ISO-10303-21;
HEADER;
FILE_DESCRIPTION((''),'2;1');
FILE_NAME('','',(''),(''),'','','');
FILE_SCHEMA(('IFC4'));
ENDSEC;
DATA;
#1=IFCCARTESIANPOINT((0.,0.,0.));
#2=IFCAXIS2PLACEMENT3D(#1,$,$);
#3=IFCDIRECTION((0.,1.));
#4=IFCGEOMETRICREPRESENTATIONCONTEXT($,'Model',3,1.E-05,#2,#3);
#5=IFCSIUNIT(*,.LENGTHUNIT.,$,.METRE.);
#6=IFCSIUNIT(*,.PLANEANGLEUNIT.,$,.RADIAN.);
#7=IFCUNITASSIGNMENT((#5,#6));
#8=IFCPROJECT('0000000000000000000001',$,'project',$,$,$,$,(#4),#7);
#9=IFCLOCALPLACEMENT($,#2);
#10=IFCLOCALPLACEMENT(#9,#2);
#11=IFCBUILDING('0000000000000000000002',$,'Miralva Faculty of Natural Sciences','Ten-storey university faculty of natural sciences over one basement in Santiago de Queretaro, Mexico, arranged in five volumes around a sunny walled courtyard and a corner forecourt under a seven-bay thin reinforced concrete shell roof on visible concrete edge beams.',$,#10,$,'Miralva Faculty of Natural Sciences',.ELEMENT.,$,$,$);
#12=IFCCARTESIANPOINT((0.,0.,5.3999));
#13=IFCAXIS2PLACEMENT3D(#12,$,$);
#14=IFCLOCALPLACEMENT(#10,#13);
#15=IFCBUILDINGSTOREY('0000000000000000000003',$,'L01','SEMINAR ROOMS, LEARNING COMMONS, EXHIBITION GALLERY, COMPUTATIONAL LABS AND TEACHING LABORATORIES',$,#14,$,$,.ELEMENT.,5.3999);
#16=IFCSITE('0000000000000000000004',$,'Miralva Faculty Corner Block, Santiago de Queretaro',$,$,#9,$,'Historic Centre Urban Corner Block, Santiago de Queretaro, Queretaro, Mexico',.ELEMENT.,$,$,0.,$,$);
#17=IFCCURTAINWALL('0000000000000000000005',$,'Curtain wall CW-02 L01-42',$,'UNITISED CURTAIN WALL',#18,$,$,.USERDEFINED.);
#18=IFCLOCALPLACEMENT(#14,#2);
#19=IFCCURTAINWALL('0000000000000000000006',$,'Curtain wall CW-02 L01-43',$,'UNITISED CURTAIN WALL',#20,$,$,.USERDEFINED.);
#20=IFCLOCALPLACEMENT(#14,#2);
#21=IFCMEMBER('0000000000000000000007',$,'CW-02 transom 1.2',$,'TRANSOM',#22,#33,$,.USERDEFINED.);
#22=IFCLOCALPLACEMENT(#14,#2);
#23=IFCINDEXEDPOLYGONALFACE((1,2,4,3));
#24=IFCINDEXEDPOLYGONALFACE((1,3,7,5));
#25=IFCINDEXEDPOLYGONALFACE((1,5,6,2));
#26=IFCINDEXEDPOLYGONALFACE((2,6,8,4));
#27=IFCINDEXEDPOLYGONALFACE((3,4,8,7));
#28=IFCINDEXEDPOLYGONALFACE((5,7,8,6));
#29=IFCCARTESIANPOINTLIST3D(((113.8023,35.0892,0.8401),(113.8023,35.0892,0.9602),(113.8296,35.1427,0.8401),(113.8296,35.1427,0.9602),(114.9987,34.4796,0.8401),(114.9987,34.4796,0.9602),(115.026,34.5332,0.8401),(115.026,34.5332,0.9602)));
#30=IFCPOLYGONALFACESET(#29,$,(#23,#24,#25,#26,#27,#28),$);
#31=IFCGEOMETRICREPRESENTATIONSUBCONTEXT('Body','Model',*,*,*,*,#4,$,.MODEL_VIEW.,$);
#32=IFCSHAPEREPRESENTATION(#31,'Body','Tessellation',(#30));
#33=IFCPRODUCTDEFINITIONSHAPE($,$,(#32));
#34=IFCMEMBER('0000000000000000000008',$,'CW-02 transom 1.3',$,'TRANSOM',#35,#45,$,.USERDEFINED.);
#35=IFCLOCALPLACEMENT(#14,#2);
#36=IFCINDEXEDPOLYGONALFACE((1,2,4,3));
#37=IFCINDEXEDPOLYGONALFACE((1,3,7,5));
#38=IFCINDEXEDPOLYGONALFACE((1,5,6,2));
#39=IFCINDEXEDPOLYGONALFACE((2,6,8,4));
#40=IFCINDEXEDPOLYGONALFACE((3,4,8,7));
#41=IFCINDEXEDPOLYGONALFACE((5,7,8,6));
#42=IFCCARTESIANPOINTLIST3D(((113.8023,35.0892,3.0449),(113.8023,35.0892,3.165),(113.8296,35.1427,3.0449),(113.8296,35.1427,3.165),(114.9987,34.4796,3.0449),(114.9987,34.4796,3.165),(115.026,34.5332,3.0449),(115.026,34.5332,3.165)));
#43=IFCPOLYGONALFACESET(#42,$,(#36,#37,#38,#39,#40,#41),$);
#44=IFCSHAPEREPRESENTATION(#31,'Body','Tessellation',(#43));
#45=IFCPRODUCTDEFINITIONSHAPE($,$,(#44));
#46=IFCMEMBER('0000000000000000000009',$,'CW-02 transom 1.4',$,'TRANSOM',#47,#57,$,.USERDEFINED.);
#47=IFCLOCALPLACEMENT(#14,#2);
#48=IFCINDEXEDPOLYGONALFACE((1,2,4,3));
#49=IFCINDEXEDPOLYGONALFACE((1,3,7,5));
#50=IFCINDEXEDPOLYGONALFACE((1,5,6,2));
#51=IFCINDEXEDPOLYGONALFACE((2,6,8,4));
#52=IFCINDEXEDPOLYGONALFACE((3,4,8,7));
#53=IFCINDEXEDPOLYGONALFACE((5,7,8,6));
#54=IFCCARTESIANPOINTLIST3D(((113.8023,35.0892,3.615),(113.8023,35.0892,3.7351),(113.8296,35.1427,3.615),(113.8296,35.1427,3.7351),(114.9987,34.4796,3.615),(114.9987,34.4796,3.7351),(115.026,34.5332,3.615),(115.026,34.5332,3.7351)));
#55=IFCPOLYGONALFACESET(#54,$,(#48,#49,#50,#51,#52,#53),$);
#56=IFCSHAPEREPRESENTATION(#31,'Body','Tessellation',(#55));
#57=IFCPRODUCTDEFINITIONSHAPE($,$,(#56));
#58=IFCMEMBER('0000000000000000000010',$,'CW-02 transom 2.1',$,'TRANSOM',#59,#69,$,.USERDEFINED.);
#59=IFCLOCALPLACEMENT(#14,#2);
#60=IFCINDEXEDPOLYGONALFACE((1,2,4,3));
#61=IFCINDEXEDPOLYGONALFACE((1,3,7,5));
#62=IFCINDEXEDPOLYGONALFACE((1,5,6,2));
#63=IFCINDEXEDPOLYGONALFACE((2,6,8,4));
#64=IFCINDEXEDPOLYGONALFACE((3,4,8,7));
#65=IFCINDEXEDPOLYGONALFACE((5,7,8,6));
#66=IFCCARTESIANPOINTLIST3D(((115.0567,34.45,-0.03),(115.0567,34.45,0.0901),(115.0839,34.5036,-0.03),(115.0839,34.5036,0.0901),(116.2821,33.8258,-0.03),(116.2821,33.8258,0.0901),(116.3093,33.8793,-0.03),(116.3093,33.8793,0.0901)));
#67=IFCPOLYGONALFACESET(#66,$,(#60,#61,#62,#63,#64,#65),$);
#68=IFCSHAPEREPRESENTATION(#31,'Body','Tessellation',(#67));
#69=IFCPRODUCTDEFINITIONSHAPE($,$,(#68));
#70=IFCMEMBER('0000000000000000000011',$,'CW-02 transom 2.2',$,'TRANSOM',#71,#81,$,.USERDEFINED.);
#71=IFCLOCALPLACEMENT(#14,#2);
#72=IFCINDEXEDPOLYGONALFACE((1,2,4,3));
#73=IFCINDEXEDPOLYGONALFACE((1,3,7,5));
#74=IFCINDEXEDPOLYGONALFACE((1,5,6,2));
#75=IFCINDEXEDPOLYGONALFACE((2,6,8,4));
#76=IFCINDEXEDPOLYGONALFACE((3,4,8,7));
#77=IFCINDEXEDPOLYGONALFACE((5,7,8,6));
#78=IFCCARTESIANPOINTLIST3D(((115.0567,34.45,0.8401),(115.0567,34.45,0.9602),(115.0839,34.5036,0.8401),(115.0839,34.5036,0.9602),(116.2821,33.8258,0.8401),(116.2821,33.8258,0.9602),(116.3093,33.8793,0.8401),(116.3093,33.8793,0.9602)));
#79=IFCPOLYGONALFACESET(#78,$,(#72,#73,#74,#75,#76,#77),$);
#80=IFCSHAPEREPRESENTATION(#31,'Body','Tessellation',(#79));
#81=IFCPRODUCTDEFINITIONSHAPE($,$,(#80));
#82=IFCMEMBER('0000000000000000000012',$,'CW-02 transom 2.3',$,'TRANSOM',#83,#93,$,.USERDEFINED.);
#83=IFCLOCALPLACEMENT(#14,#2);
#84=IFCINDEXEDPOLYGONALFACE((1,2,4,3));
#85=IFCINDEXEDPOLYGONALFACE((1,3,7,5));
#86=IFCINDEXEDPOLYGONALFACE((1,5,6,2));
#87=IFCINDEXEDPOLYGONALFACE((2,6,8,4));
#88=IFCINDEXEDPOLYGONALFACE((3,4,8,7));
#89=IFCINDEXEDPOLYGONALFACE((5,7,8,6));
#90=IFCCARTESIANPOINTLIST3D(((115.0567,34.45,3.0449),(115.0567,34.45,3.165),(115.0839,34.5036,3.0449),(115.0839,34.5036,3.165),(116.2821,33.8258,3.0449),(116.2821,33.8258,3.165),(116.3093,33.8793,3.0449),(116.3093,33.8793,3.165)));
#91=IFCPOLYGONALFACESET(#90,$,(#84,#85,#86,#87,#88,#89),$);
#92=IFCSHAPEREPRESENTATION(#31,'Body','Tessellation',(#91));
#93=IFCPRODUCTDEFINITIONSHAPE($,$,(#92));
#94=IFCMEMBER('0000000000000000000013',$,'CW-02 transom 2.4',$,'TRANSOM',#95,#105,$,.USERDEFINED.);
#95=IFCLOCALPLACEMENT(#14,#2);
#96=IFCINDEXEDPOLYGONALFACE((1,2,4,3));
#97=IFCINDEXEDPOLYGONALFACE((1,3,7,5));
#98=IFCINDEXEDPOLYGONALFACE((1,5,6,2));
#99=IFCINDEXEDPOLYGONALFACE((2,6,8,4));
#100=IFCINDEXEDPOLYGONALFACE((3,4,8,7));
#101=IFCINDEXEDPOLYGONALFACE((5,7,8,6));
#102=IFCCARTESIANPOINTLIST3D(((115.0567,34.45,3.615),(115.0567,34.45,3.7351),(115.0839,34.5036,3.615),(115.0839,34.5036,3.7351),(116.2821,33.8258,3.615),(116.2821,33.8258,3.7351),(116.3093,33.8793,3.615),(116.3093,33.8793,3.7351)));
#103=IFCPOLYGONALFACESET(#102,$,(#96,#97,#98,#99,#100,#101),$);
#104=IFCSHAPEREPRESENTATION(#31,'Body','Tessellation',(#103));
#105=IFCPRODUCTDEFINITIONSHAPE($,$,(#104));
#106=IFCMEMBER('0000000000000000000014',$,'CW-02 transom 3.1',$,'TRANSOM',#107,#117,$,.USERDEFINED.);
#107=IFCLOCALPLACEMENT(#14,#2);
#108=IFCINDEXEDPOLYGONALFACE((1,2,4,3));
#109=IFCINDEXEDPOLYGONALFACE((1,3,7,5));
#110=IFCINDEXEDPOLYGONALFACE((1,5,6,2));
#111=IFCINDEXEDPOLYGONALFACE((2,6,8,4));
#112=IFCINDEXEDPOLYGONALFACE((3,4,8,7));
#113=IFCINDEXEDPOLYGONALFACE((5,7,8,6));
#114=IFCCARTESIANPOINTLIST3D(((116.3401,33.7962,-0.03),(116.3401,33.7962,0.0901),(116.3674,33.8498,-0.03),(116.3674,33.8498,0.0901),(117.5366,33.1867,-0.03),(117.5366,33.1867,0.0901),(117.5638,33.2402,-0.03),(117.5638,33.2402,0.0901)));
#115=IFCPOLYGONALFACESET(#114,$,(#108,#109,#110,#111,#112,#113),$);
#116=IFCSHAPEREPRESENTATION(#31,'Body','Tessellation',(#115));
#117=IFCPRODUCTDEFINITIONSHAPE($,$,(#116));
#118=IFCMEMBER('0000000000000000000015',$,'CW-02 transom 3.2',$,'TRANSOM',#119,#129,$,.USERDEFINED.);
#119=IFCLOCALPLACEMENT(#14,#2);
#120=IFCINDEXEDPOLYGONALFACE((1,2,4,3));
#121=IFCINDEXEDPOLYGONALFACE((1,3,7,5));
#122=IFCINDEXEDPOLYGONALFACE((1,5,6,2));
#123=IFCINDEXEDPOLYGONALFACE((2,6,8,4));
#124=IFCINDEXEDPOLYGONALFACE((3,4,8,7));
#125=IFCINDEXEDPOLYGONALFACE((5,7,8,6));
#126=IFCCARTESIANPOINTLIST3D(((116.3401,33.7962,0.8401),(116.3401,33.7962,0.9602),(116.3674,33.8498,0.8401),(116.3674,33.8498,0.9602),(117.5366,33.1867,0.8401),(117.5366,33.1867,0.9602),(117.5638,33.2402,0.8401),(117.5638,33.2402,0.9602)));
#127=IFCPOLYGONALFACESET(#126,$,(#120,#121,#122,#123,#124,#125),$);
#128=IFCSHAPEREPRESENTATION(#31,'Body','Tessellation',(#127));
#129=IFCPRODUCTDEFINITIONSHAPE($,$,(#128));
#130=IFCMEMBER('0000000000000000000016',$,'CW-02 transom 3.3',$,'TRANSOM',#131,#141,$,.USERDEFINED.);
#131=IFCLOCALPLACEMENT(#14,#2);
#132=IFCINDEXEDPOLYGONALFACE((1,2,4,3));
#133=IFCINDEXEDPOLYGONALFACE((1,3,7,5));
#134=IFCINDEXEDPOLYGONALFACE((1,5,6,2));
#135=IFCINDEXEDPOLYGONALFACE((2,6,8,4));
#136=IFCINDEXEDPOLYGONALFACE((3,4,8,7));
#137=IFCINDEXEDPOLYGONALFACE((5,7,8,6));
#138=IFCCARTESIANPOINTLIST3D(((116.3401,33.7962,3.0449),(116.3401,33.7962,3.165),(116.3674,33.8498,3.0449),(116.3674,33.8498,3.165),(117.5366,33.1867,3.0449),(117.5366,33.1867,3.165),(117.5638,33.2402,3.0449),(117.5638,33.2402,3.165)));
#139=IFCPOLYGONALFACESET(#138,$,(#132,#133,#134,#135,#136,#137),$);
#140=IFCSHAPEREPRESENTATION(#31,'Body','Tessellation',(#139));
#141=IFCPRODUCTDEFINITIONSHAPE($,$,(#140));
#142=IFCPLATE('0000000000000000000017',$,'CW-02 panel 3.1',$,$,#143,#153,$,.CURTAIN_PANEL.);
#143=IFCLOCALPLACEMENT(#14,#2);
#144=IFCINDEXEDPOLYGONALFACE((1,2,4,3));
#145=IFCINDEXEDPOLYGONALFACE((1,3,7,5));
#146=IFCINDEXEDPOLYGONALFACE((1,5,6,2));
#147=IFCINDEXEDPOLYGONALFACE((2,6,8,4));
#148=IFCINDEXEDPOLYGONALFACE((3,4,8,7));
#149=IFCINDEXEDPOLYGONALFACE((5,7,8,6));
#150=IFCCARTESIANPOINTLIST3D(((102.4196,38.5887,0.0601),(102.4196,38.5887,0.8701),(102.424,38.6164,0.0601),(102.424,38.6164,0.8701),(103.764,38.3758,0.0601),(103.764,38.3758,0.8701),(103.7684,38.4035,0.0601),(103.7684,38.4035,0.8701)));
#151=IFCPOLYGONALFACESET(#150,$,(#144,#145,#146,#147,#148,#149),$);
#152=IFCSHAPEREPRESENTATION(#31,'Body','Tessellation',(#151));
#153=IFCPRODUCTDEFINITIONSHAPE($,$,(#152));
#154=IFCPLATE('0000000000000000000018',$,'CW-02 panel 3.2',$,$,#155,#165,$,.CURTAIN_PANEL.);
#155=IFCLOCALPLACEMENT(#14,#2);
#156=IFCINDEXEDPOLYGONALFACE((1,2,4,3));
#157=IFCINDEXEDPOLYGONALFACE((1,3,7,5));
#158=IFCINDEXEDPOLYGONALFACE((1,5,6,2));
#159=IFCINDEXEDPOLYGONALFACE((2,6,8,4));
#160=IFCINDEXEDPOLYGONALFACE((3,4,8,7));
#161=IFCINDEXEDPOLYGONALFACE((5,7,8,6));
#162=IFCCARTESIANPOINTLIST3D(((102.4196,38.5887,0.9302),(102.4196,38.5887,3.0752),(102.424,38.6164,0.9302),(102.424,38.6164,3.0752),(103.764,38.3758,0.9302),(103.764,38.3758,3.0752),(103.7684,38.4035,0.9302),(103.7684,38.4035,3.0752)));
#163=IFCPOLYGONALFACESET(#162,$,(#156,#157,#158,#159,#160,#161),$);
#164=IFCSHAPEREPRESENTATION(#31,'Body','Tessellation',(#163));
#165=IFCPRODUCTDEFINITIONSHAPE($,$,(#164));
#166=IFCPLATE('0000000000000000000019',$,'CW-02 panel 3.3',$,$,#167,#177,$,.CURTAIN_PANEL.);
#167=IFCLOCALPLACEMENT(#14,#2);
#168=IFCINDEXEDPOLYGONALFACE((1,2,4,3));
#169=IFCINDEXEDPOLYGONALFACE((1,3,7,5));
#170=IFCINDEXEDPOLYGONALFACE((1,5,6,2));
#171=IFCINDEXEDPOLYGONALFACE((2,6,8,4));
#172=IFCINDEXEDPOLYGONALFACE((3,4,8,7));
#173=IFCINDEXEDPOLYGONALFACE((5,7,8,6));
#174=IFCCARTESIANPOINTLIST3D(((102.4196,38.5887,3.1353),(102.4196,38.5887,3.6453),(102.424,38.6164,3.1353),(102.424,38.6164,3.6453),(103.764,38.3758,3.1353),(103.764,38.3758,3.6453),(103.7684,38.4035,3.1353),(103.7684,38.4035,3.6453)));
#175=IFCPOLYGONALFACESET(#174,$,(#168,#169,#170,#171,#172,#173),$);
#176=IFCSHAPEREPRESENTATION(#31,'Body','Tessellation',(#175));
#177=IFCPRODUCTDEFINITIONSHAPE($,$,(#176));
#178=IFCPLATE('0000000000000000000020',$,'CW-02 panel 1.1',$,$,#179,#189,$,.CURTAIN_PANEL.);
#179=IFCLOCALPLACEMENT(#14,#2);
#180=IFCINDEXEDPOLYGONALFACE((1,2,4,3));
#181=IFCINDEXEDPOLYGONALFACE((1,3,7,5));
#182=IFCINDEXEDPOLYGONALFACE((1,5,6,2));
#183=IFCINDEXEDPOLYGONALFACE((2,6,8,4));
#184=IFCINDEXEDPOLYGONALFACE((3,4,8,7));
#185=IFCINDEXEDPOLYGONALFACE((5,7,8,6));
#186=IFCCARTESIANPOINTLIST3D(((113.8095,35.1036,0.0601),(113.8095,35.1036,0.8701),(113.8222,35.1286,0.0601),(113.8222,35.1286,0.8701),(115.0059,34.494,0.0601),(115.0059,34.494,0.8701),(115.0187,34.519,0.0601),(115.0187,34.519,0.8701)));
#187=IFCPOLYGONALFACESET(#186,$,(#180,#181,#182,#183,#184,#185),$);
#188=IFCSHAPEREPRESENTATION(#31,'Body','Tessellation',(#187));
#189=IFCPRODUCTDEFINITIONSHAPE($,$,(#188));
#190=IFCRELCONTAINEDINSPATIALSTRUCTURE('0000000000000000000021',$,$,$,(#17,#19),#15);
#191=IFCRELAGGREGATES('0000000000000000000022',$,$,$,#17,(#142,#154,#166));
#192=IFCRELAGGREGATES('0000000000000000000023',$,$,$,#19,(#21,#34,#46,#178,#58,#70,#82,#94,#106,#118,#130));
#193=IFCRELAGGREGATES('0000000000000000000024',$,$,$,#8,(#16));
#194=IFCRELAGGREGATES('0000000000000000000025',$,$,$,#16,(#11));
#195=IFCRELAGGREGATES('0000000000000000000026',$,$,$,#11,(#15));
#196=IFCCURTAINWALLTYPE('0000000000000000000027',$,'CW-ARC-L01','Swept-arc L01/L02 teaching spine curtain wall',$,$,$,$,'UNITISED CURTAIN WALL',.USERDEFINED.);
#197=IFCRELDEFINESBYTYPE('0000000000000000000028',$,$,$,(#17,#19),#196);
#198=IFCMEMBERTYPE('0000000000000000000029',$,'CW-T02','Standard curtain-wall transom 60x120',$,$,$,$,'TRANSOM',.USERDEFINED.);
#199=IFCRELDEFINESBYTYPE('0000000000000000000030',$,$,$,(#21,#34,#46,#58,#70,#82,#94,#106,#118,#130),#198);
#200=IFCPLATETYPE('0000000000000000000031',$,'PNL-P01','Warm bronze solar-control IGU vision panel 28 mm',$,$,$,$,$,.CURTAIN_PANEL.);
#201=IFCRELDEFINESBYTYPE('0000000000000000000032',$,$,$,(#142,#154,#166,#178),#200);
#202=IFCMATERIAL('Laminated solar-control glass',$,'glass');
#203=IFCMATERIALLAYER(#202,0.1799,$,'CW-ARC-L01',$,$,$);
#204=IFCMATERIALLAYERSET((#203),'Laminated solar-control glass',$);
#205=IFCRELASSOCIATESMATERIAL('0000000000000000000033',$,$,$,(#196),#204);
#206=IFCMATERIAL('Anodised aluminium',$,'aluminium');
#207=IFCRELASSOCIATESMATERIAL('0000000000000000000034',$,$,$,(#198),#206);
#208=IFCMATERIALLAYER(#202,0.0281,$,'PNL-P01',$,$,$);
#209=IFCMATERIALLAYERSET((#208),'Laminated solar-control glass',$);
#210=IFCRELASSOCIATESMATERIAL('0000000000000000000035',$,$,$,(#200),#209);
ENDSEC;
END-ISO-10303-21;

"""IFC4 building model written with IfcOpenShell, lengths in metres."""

from ifc_helpers import new_model, si_unit, direction, frame, origin, origin_2d, place, context, subcontext, project, spatial, rectangle, extrude, material, layer, layer_set, material_profile, profile_set, type_object, element, aggregate, save


model = new_model("IFC4")

# Units and contexts
model_context = context("Model", 3, precision=1e-05, world=origin(), true_north=direction((0.0, 1.0)))
body_context = subcontext(model_context, "Body", "Model", "MODEL_VIEW")
ifc_project = project(units=[si_unit("LENGTHUNIT", "METRE"), si_unit("PLANEANGLEUNIT", "RADIAN")], contexts=[model_context])

# Site, building, storey
site_placement = place(None, origin())
site = spatial("IfcSite", under=ifc_project, at=site_placement, Name="Miralva Faculty Corner Block, Santiago de Queretaro", LongName="Historic Centre Urban Corner Block, Santiago de Queretaro, Queretaro, Mexico", CompositionType="ELEMENT", RefElevation=0.0)
building_placement = place(site_placement, origin())
building = spatial("IfcBuilding", under=site, at=building_placement, Name="Miralva Faculty of Natural Sciences", Description="Ten-storey university faculty of natural sciences over one basement in Santiago de Queretaro, Mexico, arranged in five volumes around a sunny walled courtyard and a corner forecourt under a seven-bay thin reinforced concrete shell roof on visible concrete edge beams.", LongName="Miralva Faculty of Natural Sciences", CompositionType="ELEMENT")
storey_placement = place(building_placement, frame((0.0, 0.0, 5.3999)))
storey = spatial("IfcBuildingStorey", under=building, at=storey_placement, Name="L01", Description="SEMINAR ROOMS, LEARNING COMMONS, EXHIBITION GALLERY, COMPUTATIONAL LABS AND TEACHING LABORATORIES", CompositionType="ELEMENT", Elevation=5.3999)

# Curtain walls
ifc_material_1 = material(Name="Laminated solar-control glass", Category="glass")
ifc_layer_1 = layer(ifc_material_1, 0.1799, Name="CW-ARC-L01")
ifc_layer_set_1 = layer_set([ifc_layer_1], Name="Laminated solar-control glass")
curtain_wall_type = type_object("IfcCurtainWallType", Name="CW-ARC-L01", Description="Swept-arc L01/L02 teaching spine curtain wall", ElementType="UNITISED CURTAIN WALL", PredefinedType="USERDEFINED", material=ifc_layer_set_1)
curtain_wall_1_placement = place(storey_placement, origin())
curtain_wall_1 = element("IfcCurtainWall", 1, at=curtain_wall_1_placement, inside=storey, type_object=curtain_wall_type, Name="Curtain wall CW-02 L01-42", ObjectType="UNITISED CURTAIN WALL", PredefinedType="USERDEFINED")
ifc_material_2 = material(Name="Anodised aluminium", Category="aluminium")
curtain_wall_2_placement = place(storey_placement, origin())
curtain_wall_2 = element("IfcCurtainWall", 2, at=curtain_wall_2_placement, inside=storey, type_object=curtain_wall_type, Name="Curtain wall CW-02 L01-43", ObjectType="UNITISED CURTAIN WALL", PredefinedType="USERDEFINED")

# Members
ifc_material_profile_1 = material_profile(ifc_material_2, rectangle(XDim=0.0601, YDim=0.1201, at=origin_2d()), Name="TRANSOM 60x120")
ifc_profile_set_1 = profile_set([ifc_material_profile_1], Name="Anodised aluminium")
member_type_1 = type_object("IfcMemberType", Name="CW-T02", Description="Standard curtain-wall transom 60x120", ElementType="TRANSOM", PredefinedType="USERDEFINED", material=ifc_profile_set_1)
member_1_placement = place(storey_placement, frame((113.8159, 35.116, 0.9001), z_axis=(0.89102, -0.453964, 0.0), x_axis=(0.453964, 0.89102, 0.0)))
member_1 = element("IfcMember", 3, at=member_1_placement, type_object=member_type_1, Name="CW-02 transom 1.2", ObjectType="TRANSOM", PredefinedType="USERDEFINED", context=body_context, shape_type="SweptSolid", body=[
    extrude(rectangle(XDim=0.0601, YDim=0.1201, at=origin_2d()), origin(), (0.0, 0.0, 1.0), 1.3428),
])
member_2_placement = place(storey_placement, frame((113.8159, 35.116, 3.105), z_axis=(0.89102, -0.453964, 0.0), x_axis=(0.453964, 0.89102, 0.0)))
member_2 = element("IfcMember", 4, at=member_2_placement, type_object=member_type_1, Name="CW-02 transom 1.3", ObjectType="TRANSOM", PredefinedType="USERDEFINED", context=body_context, shape_type="SweptSolid", body=[
    extrude(rectangle(XDim=0.0601, YDim=0.1201, at=origin_2d()), origin(), (0.0, 0.0, 1.0), 1.3428),
])
member_3_placement = place(storey_placement, frame((113.8159, 35.116, 3.675), z_axis=(0.89102, -0.453964, 0.0), x_axis=(0.453964, 0.89102, 0.0)))
member_3 = element("IfcMember", 5, at=member_3_placement, type_object=member_type_1, Name="CW-02 transom 1.4", ObjectType="TRANSOM", PredefinedType="USERDEFINED", context=body_context, shape_type="SweptSolid", body=[
    extrude(rectangle(XDim=0.0601, YDim=0.1201, at=origin_2d()), origin(), (0.0, 0.0, 1.0), 1.3428),
])
member_4_placement = place(storey_placement, frame((115.0703, 34.4768, 0.03), z_axis=(0.891029, -0.453947, 0.0), x_axis=(0.453947, 0.891029, 0.0)))
member_4 = element("IfcMember", 6, at=member_4_placement, type_object=member_type_1, Name="CW-02 transom 2.1", ObjectType="TRANSOM", PredefinedType="USERDEFINED", context=body_context, shape_type="SweptSolid", body=[
    extrude(rectangle(XDim=0.0601, YDim=0.1201, at=origin_2d()), origin(), (0.0, 0.0, 1.0), 1.3752),
])
member_5_placement = place(storey_placement, frame((115.0703, 34.4768, 0.9001), z_axis=(0.891029, -0.453947, 0.0), x_axis=(0.453947, 0.891029, 0.0)))
member_5 = element("IfcMember", 7, at=member_5_placement, type_object=member_type_1, Name="CW-02 transom 2.2", ObjectType="TRANSOM", PredefinedType="USERDEFINED", context=body_context, shape_type="SweptSolid", body=[
    extrude(rectangle(XDim=0.0601, YDim=0.1201, at=origin_2d()), origin(), (0.0, 0.0, 1.0), 1.3752),
])
member_6_placement = place(storey_placement, frame((115.0703, 34.4768, 3.105), z_axis=(0.891029, -0.453947, 0.0), x_axis=(0.453947, 0.891029, 0.0)))
member_6 = element("IfcMember", 8, at=member_6_placement, type_object=member_type_1, Name="CW-02 transom 2.3", ObjectType="TRANSOM", PredefinedType="USERDEFINED", context=body_context, shape_type="SweptSolid", body=[
    extrude(rectangle(XDim=0.0601, YDim=0.1201, at=origin_2d()), origin(), (0.0, 0.0, 1.0), 1.3752),
])
member_7_placement = place(storey_placement, frame((115.0703, 34.4768, 3.675), z_axis=(0.891029, -0.453947, 0.0), x_axis=(0.453947, 0.891029, 0.0)))
member_7 = element("IfcMember", 9, at=member_7_placement, type_object=member_type_1, Name="CW-02 transom 2.4", ObjectType="TRANSOM", PredefinedType="USERDEFINED", context=body_context, shape_type="SweptSolid", body=[
    extrude(rectangle(XDim=0.0601, YDim=0.1201, at=origin_2d()), origin(), (0.0, 0.0, 1.0), 1.3752),
])
member_8_placement = place(storey_placement, frame((116.3538, 33.823, 0.03), z_axis=(0.89102, -0.453964, 0.0), x_axis=(0.453964, 0.89102, 0.0)))
member_8 = element("IfcMember", 10, at=member_8_placement, type_object=member_type_1, Name="CW-02 transom 3.1", ObjectType="TRANSOM", PredefinedType="USERDEFINED", context=body_context, shape_type="SweptSolid", body=[
    extrude(rectangle(XDim=0.0601, YDim=0.1201, at=origin_2d()), origin(), (0.0, 0.0, 1.0), 1.3428),
])
member_9_placement = place(storey_placement, frame((116.3538, 33.823, 0.9001), z_axis=(0.89102, -0.453964, 0.0), x_axis=(0.453964, 0.89102, 0.0)))
member_9 = element("IfcMember", 11, at=member_9_placement, type_object=member_type_1, Name="CW-02 transom 3.2", ObjectType="TRANSOM", PredefinedType="USERDEFINED", context=body_context, shape_type="SweptSolid", body=[
    extrude(rectangle(XDim=0.0601, YDim=0.1201, at=origin_2d()), origin(), (0.0, 0.0, 1.0), 1.3428),
])
member_10_placement = place(storey_placement, frame((116.3538, 33.823, 3.105), z_axis=(0.89102, -0.453964, 0.0), x_axis=(0.453964, 0.89102, 0.0)))
member_10 = element("IfcMember", 12, at=member_10_placement, type_object=member_type_1, Name="CW-02 transom 3.3", ObjectType="TRANSOM", PredefinedType="USERDEFINED", context=body_context, shape_type="SweptSolid", body=[
    extrude(rectangle(XDim=0.0601, YDim=0.1201, at=origin_2d()), origin(), (0.0, 0.0, 1.0), 1.3428),
])

# Plates
ifc_layer_2 = layer(ifc_material_1, 0.0281, Name="PNL-P01")
ifc_layer_set_2 = layer_set([ifc_layer_2], Name="Laminated solar-control glass")
plate_type = type_object("IfcPlateType", Name="PNL-P01", Description="Warm bronze solar-control IGU vision panel 28 mm", PredefinedType="CURTAIN_PANEL", material=ifc_layer_set_2)
plate_1_placement = place(storey_placement, frame((103.094, 38.4961, 0.0601), z_axis=(0.0, 0.0, 1.0), x_axis=(0.987687, -0.156445, 0.0)))
plate_1 = element("IfcPlate", 13, at=plate_1_placement, type_object=plate_type, Name="CW-02 panel 3.1", PredefinedType="CURTAIN_PANEL", context=body_context, shape_type="SweptSolid", body=[
    extrude(rectangle(XDim=1.3611, YDim=0.0281, at=origin_2d()), origin(), (0.0, 0.0, 1.0), 0.8101),
])
plate_2_placement = place(storey_placement, frame((103.094, 38.4961, 0.9302), z_axis=(0.0, 0.0, 1.0), x_axis=(0.987687, -0.156445, 0.0)))
plate_2 = element("IfcPlate", 14, at=plate_2_placement, type_object=plate_type, Name="CW-02 panel 3.2", PredefinedType="CURTAIN_PANEL", context=body_context, shape_type="SweptSolid", body=[
    extrude(rectangle(XDim=1.3611, YDim=0.0281, at=origin_2d()), origin(), (0.0, 0.0, 1.0), 2.145),
])
plate_3_placement = place(storey_placement, frame((103.094, 38.4961, 3.1353), z_axis=(0.0, 0.0, 1.0), x_axis=(0.987687, -0.156445, 0.0)))
plate_3 = element("IfcPlate", 15, at=plate_3_placement, type_object=plate_type, Name="CW-02 panel 3.3", PredefinedType="CURTAIN_PANEL", context=body_context, shape_type="SweptSolid", body=[
    extrude(rectangle(XDim=1.3611, YDim=0.0281, at=origin_2d()), origin(), (0.0, 0.0, 1.0), 0.51),
])
aggregate(curtain_wall_1, [plate_1, plate_2, plate_3])
plate_4_placement = place(storey_placement, frame((114.4141, 34.8113, 0.0601), z_axis=(0.0, 0.0, 1.0), x_axis=(0.891018, -0.453968, 0.0)))
plate_4 = element("IfcPlate", 16, at=plate_4_placement, type_object=plate_type, Name="CW-02 panel 1.1", PredefinedType="CURTAIN_PANEL", context=body_context, shape_type="SweptSolid", body=[
    extrude(rectangle(XDim=1.3428, YDim=0.0281, at=origin_2d()), origin(), (0.0, 0.0, 1.0), 0.8101),
])
aggregate(curtain_wall_2, [member_1, member_2, member_3, plate_4, member_4, member_5, member_6, member_7, member_8, member_9, member_10])

save(model, "model.ifc")
